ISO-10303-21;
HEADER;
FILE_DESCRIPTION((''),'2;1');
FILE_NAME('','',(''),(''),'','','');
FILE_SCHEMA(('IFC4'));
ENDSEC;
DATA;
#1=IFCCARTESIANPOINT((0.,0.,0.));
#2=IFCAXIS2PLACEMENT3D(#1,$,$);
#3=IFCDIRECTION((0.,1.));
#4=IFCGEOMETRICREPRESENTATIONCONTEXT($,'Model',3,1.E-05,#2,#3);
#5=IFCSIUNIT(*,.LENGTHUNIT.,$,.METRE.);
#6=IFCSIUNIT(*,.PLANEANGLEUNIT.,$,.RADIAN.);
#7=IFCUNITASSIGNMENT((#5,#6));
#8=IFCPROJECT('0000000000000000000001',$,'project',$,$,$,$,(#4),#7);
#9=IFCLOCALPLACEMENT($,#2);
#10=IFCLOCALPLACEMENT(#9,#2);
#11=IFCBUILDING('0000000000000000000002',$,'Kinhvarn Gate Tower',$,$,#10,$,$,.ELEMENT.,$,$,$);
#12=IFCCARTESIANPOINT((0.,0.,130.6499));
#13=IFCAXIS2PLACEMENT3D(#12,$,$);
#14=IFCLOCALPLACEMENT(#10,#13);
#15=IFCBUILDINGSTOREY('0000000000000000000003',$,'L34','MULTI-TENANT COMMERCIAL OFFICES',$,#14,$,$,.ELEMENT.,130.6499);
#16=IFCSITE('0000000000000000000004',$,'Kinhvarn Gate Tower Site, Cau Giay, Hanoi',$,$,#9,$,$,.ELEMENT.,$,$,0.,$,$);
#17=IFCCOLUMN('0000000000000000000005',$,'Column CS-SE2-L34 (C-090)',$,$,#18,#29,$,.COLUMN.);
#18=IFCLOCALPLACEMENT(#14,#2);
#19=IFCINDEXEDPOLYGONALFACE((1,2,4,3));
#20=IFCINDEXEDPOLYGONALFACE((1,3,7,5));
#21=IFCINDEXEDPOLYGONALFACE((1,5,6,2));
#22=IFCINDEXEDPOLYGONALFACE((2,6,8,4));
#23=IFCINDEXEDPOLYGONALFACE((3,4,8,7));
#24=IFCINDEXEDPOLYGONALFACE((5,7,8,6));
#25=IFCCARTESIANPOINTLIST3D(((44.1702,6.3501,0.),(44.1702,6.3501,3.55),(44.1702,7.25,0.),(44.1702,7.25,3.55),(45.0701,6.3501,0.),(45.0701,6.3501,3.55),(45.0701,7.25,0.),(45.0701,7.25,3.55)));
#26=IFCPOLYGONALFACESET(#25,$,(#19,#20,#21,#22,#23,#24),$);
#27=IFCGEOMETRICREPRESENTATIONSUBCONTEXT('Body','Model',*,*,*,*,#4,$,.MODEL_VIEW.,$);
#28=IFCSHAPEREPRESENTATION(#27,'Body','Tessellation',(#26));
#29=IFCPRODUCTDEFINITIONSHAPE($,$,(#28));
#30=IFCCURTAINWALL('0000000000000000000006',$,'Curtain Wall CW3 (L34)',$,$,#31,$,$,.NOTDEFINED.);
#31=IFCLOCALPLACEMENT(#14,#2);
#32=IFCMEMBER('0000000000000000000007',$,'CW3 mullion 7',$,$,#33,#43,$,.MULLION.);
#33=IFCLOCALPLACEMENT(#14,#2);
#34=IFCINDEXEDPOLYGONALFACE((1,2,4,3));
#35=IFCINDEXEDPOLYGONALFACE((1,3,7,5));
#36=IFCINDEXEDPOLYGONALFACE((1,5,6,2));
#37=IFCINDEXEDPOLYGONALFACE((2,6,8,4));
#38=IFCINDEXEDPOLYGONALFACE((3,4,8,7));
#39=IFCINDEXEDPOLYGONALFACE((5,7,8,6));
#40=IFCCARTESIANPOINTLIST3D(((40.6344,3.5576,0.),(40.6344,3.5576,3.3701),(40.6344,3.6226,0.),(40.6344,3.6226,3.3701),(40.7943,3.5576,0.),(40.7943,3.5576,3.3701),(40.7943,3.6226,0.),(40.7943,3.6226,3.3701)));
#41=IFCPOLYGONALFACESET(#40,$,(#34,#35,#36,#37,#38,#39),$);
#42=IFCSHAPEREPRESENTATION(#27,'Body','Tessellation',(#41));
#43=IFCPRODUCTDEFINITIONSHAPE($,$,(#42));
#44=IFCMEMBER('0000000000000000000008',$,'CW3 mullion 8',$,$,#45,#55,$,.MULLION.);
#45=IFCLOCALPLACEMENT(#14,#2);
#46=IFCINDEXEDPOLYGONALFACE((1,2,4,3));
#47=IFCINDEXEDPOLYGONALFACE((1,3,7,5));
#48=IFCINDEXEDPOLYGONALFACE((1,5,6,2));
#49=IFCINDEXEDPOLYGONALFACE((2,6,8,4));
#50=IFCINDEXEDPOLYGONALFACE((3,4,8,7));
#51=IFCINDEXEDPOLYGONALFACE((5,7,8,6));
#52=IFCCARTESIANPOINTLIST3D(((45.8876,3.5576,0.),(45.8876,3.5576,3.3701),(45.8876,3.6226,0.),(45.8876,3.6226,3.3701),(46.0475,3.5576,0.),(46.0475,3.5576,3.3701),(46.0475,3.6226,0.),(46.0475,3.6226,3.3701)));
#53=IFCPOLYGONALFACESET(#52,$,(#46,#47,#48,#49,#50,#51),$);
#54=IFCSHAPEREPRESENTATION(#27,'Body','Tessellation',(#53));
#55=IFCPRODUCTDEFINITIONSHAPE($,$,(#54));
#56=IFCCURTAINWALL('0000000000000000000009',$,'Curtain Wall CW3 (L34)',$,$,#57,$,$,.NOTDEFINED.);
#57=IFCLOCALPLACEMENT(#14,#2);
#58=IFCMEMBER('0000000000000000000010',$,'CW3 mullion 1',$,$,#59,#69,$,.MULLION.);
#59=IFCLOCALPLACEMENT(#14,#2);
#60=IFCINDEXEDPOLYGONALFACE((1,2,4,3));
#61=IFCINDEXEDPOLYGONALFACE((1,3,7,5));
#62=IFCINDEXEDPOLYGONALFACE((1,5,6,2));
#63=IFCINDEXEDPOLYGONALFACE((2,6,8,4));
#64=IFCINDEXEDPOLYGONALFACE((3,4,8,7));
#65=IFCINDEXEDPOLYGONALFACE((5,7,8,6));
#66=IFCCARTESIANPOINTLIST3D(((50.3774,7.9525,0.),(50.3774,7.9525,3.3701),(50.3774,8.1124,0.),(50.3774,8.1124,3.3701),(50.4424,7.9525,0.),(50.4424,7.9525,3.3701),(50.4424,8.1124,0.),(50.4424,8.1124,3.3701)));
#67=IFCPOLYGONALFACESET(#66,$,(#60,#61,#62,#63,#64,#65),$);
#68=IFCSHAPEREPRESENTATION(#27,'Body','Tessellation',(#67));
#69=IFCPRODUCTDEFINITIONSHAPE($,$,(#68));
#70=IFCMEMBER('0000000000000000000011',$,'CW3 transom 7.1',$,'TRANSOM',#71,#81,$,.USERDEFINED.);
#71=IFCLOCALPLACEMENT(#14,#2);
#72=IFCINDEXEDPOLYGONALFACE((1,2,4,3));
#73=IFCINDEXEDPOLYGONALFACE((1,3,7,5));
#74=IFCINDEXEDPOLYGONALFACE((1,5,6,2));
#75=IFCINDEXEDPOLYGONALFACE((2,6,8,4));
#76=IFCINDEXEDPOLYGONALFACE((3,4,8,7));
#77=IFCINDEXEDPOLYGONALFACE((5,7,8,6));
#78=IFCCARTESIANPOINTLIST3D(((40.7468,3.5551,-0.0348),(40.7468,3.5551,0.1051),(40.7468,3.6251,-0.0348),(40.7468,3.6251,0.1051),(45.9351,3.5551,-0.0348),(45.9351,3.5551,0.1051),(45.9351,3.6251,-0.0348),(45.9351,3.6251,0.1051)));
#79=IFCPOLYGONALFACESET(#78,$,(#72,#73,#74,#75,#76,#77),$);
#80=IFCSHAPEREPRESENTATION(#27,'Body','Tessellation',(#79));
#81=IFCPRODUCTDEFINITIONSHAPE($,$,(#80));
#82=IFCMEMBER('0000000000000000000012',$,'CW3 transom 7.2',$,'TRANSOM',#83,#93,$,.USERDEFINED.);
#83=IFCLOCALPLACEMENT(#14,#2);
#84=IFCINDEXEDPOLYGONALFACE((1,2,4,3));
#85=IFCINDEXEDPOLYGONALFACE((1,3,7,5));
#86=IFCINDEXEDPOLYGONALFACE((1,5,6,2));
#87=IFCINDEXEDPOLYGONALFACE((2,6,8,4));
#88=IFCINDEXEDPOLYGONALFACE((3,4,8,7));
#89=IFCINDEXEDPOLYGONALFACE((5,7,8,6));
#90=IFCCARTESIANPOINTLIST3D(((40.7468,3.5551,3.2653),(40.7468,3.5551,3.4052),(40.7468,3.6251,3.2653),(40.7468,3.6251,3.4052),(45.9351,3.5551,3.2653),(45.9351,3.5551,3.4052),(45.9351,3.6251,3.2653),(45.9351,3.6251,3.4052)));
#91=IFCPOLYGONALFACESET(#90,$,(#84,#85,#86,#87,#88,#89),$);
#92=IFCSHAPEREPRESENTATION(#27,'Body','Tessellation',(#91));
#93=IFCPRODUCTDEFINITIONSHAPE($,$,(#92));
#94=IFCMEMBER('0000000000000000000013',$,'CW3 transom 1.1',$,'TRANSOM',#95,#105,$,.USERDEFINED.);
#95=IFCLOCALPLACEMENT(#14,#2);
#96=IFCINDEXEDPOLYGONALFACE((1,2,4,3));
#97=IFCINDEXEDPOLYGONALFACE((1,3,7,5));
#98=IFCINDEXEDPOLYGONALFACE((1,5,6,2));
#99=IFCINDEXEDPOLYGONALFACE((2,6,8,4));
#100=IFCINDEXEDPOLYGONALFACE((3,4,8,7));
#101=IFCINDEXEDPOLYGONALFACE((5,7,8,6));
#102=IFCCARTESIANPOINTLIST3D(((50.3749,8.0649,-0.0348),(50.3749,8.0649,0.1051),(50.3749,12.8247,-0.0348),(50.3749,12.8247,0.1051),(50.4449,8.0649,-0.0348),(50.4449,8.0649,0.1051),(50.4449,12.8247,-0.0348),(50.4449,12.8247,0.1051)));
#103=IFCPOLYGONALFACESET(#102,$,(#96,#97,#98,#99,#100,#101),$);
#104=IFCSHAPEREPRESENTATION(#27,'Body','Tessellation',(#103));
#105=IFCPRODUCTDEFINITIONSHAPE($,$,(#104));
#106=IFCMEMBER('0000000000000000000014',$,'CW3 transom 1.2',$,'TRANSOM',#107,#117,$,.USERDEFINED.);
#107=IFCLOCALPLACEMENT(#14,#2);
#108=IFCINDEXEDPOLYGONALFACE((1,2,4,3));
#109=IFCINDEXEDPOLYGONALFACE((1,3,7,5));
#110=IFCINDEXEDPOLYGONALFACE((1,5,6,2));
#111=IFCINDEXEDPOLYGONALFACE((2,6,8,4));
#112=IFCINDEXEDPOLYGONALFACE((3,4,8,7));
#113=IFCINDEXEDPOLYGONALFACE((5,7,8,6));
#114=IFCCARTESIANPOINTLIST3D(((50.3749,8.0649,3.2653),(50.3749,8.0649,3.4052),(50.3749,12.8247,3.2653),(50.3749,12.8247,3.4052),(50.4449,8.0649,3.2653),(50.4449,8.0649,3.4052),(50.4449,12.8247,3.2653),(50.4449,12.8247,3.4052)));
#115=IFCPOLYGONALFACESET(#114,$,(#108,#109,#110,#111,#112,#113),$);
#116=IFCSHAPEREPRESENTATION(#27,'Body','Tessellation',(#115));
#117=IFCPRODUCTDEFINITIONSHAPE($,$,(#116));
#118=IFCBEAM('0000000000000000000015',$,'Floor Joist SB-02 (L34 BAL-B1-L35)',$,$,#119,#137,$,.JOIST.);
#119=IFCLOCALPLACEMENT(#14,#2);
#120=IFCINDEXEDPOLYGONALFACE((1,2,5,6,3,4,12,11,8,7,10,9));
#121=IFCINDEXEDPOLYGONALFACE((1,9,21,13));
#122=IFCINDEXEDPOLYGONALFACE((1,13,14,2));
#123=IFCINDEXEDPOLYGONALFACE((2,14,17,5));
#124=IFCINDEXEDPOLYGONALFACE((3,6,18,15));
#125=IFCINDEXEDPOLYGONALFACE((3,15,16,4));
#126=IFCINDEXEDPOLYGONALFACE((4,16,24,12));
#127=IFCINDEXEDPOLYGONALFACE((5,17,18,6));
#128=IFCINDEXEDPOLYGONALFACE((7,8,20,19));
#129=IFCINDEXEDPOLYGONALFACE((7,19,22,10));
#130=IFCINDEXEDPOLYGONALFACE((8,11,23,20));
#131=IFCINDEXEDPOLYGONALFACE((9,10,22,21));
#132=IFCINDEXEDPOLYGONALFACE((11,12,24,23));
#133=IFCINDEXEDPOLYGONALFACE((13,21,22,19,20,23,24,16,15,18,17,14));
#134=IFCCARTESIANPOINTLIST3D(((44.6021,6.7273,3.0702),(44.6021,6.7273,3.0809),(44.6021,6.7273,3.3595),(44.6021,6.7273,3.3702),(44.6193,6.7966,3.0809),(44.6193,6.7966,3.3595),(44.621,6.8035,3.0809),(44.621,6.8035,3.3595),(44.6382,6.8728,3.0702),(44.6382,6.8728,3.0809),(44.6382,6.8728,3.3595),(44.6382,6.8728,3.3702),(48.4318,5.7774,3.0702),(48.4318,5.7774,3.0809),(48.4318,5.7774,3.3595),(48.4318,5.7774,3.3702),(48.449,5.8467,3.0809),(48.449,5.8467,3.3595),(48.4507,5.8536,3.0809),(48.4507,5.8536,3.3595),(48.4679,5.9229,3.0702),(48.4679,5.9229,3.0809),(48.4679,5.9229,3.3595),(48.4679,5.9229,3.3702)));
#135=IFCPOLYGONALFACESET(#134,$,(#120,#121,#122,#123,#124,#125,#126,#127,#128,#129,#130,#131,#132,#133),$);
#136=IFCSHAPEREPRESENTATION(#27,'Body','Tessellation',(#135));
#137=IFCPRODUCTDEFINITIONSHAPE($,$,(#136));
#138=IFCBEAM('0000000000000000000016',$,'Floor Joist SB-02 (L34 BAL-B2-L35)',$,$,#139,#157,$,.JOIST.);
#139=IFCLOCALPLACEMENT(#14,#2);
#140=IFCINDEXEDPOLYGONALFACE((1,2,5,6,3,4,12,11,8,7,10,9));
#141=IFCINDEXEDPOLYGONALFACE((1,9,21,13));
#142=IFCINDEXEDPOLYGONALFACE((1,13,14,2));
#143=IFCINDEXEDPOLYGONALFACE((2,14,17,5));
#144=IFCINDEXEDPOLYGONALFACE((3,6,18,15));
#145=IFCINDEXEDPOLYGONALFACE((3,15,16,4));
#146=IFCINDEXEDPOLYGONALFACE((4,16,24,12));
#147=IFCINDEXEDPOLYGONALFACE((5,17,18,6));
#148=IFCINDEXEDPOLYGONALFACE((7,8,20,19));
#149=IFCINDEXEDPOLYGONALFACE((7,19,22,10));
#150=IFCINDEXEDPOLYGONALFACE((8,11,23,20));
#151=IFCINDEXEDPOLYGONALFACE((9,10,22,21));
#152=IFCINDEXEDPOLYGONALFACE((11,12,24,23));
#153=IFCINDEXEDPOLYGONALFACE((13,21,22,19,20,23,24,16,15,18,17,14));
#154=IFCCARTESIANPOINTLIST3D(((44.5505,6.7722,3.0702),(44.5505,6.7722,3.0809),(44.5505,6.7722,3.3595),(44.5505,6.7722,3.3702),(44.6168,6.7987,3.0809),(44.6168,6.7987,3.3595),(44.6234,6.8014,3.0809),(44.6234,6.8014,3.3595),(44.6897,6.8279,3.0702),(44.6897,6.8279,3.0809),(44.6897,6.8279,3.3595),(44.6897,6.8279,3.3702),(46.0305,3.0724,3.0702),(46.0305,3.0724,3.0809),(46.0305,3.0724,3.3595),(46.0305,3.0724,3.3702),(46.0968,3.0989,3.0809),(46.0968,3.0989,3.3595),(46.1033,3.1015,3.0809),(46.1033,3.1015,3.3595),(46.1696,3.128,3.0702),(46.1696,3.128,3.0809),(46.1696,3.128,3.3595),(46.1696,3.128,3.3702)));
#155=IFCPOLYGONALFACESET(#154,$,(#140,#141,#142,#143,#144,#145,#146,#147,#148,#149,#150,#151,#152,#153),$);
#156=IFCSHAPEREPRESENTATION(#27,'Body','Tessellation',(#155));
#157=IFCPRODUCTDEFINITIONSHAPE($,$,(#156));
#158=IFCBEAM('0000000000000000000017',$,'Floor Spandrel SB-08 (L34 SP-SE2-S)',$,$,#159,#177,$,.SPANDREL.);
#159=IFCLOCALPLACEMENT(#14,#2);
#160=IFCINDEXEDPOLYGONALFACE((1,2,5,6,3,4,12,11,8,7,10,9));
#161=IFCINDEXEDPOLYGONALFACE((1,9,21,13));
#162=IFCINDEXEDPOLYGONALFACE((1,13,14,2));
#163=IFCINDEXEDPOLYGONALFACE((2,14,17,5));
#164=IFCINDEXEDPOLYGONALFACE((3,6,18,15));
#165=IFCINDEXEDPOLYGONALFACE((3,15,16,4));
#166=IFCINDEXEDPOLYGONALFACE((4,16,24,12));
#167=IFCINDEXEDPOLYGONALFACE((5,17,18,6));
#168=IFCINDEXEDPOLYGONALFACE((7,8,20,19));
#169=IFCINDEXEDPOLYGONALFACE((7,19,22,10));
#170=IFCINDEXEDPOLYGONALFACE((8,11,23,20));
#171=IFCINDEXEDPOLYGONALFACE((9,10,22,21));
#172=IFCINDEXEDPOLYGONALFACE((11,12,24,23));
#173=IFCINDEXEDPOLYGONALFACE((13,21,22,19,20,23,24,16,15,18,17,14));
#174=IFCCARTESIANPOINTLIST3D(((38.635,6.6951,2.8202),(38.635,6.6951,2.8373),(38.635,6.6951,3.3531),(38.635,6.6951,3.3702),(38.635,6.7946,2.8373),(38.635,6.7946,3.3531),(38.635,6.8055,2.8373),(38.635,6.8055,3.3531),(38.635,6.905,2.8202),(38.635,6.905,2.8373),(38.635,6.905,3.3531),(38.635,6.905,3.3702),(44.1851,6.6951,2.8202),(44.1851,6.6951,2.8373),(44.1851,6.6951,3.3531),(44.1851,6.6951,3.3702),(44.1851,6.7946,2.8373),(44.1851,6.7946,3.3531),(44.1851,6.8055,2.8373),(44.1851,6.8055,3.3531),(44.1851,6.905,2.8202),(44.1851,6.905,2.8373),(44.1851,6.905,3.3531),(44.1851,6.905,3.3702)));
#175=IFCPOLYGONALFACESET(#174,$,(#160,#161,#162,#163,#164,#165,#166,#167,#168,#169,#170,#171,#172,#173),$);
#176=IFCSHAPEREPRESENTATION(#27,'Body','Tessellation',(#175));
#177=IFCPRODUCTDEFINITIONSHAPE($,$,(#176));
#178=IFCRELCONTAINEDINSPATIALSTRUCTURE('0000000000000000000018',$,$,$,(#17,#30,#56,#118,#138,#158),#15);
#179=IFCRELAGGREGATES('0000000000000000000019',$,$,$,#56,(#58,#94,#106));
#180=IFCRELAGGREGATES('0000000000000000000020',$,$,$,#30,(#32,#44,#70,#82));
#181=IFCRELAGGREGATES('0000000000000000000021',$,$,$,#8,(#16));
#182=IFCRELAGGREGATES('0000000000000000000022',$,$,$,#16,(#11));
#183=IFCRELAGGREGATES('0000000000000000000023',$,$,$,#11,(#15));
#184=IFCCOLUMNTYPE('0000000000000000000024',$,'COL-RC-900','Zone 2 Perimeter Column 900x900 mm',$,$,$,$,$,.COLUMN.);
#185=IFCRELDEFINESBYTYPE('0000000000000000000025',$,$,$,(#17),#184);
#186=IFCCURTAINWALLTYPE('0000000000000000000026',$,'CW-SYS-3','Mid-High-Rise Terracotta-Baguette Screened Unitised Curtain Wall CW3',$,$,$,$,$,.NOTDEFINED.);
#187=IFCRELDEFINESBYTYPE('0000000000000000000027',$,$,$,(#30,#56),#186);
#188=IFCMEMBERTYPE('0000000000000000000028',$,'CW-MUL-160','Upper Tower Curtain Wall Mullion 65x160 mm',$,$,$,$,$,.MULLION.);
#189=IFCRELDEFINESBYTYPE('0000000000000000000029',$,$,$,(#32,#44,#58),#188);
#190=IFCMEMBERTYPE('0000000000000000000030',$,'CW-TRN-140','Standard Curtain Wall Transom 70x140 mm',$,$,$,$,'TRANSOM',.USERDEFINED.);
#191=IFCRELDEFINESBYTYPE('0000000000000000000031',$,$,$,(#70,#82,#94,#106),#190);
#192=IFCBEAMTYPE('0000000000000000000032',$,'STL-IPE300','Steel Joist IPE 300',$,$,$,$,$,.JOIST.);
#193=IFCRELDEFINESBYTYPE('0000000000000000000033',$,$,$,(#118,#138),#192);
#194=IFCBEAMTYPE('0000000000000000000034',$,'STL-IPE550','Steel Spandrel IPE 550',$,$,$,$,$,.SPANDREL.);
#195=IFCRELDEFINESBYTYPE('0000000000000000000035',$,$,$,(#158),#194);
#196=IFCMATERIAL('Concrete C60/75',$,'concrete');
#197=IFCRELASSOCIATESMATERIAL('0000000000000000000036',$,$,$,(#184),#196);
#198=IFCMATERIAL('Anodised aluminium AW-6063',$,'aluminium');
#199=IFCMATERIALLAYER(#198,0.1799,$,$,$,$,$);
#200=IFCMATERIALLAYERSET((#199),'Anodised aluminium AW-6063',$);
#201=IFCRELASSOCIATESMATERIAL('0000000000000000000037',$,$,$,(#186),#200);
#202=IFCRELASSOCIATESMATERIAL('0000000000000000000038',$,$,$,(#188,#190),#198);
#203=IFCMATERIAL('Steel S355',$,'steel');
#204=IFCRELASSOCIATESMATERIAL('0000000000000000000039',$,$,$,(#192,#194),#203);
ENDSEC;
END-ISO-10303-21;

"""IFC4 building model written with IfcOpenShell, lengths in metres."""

from ifc_helpers import new_model, si_unit, direction, frame, origin, origin_2d, place, context, subcontext, project, spatial, rectangle, i_section, extrude, material, layer, layer_set, material_profile, profile_set, type_object, element, aggregate, save


model = new_model("IFC4")

# Units and contexts
model_context = context("Model", 3, precision=1e-05, world=origin(), true_north=direction((0.0, 1.0)))
body_context = subcontext(model_context, "Body", "Model", "MODEL_VIEW")
ifc_project = project(units=[si_unit("LENGTHUNIT", "METRE"), si_unit("PLANEANGLEUNIT", "RADIAN")], contexts=[model_context])

# Site, building, storey
site_placement = place(None, origin())
site = spatial("IfcSite", under=ifc_project, at=site_placement, Name="Kinhvarn Gate Tower Site, Cau Giay, Hanoi", CompositionType="ELEMENT", RefElevation=0.0)
building_placement = place(site_placement, origin())
building = spatial("IfcBuilding", under=site, at=building_placement, Name="Kinhvarn Gate Tower", CompositionType="ELEMENT")
storey_placement = place(building_placement, frame((0.0, 0.0, 130.6499)))
storey = spatial("IfcBuildingStorey", under=building, at=storey_placement, Name="L34", Description="MULTI-TENANT COMMERCIAL OFFICES", CompositionType="ELEMENT", Elevation=130.6499)

# Column
ifc_material_1 = material(Name="Concrete C60/75", Category="concrete")
ifc_material_profile_1 = material_profile(ifc_material_1, rectangle(XDim=0.8999, YDim=0.8999, at=origin_2d()), Name="RC 900x900")
ifc_profile_set_1 = profile_set([ifc_material_profile_1], Name="Concrete C60/75")
column_type = type_object("IfcColumnType", Name="COL-RC-900", Description="Zone 2 Perimeter Column 900x900 mm", PredefinedType="COLUMN", material=ifc_profile_set_1)
column_placement = place(storey_placement, frame((44.6201, 6.8, 0.0), z_axis=(0.0, 0.0, 1.0), x_axis=(1.0, 0.0, 0.0)))
element("IfcColumn", 1, at=column_placement, inside=storey, type_object=column_type, Name="Column CS-SE2-L34 (C-090)", PredefinedType="COLUMN", context=body_context, shape_type="SweptSolid", body=[
    extrude(rectangle(XDim=0.8999, YDim=0.8999, at=origin_2d()), origin(), (0.0, 0.0, 1.0), 3.55),
])

# Curtain wall, members
ifc_material_2 = material(Name="Anodised aluminium AW-6063", Category="aluminium")
ifc_layer_1 = layer(ifc_material_2, 0.1799)
ifc_layer_set_1 = layer_set([ifc_layer_1], Name="Anodised aluminium AW-6063")
curtain_wall_type = type_object("IfcCurtainWallType", Name="CW-SYS-3", Description="Mid-High-Rise Terracotta-Baguette Screened Unitised Curtain Wall CW3", PredefinedType="NOTDEFINED", material=ifc_layer_set_1)
curtain_wall_1_placement = place(storey_placement, origin())
curtain_wall_1 = element("IfcCurtainWall", 2, at=curtain_wall_1_placement, inside=storey, type_object=curtain_wall_type, Name="Curtain Wall CW3 (L34)", PredefinedType="NOTDEFINED")
ifc_material_profile_2 = material_profile(ifc_material_2, rectangle(XDim=0.0649, YDim=0.1599, at=origin_2d()), Name="ALU 65x160")
ifc_profile_set_2 = profile_set([ifc_material_profile_2], Name="Anodised aluminium AW-6063")
member_type_1 = type_object("IfcMemberType", Name="CW-MUL-160", Description="Upper Tower Curtain Wall Mullion 65x160 mm", PredefinedType="MULLION", material=ifc_profile_set_2)
member_1_placement = place(storey_placement, frame((40.7144, 3.5901, 0.0), z_axis=(0.0, 0.0, 1.0), x_axis=(0.0, 1.0, 0.0)))
member_1 = element("IfcMember", 3, at=member_1_placement, type_object=member_type_1, Name="CW3 mullion 7", PredefinedType="MULLION", context=body_context, shape_type="SweptSolid", body=[
    extrude(rectangle(XDim=0.0649, YDim=0.1599, at=origin_2d()), origin(), (0.0, 0.0, 1.0), 3.3701),
])
member_2_placement = place(storey_placement, frame((45.9675, 3.5901, 0.0), z_axis=(0.0, 0.0, 1.0), x_axis=(0.0, 1.0, 0.0)))
member_2 = element("IfcMember", 4, at=member_2_placement, type_object=member_type_1, Name="CW3 mullion 8", PredefinedType="MULLION", context=body_context, shape_type="SweptSolid", body=[
    extrude(rectangle(XDim=0.0649, YDim=0.1599, at=origin_2d()), origin(), (0.0, 0.0, 1.0), 3.3701),
])

# Curtain wall, member
curtain_wall_2_placement = place(storey_placement, origin())
curtain_wall_2 = element("IfcCurtainWall", 5, at=curtain_wall_2_placement, inside=storey, type_object=curtain_wall_type, Name="Curtain Wall CW3 (L34)", PredefinedType="NOTDEFINED")
member_3_placement = place(storey_placement, frame((50.4099, 8.0325, 0.0), z_axis=(0.0, 0.0, 1.0), x_axis=(-1.0, 0.0, 0.0)))
member_3 = element("IfcMember", 6, at=member_3_placement, type_object=member_type_1, Name="CW3 mullion 1", PredefinedType="MULLION", context=body_context, shape_type="SweptSolid", body=[
    extrude(rectangle(XDim=0.0649, YDim=0.1599, at=origin_2d()), origin(), (0.0, 0.0, 1.0), 3.3701),
])

# Members
ifc_material_profile_3 = material_profile(ifc_material_2, rectangle(XDim=0.0701, YDim=0.1399, at=origin_2d()), Name="ALU 70x140")
ifc_profile_set_3 = profile_set([ifc_material_profile_3], Name="Anodised aluminium AW-6063")
member_type_2 = type_object("IfcMemberType", Name="CW-TRN-140", Description="Standard Curtain Wall Transom 70x140 mm", ElementType="TRANSOM", PredefinedType="USERDEFINED", material=ifc_profile_set_3)
member_4_placement = place(storey_placement, frame((40.7468, 3.5901, 0.0352), z_axis=(1.0, 0.0, 0.0), x_axis=(0.0, 1.0, 0.0)))
member_4 = element("IfcMember", 7, at=member_4_placement, type_object=member_type_2, Name="CW3 transom 7.1", ObjectType="TRANSOM", PredefinedType="USERDEFINED", context=body_context, shape_type="SweptSolid", body=[
    extrude(rectangle(XDim=0.0701, YDim=0.1399, at=origin_2d()), origin(), (0.0, 0.0, 1.0), 5.1882),
])
member_5_placement = place(storey_placement, frame((40.7468, 3.5901, 3.3352), z_axis=(1.0, 0.0, 0.0), x_axis=(0.0, 1.0, 0.0)))
member_5 = element("IfcMember", 8, at=member_5_placement, type_object=member_type_2, Name="CW3 transom 7.2", ObjectType="TRANSOM", PredefinedType="USERDEFINED", context=body_context, shape_type="SweptSolid", body=[
    extrude(rectangle(XDim=0.0701, YDim=0.1399, at=origin_2d()), origin(), (0.0, 0.0, 1.0), 5.1882),
])
member_6_placement = place(storey_placement, frame((50.4099, 8.0649, 0.0352), z_axis=(0.0, 1.0, 0.0), x_axis=(-1.0, 0.0, 0.0)))
member_6 = element("IfcMember", 9, at=member_6_placement, type_object=member_type_2, Name="CW3 transom 1.1", ObjectType="TRANSOM", PredefinedType="USERDEFINED", context=body_context, shape_type="SweptSolid", body=[
    extrude(rectangle(XDim=0.0701, YDim=0.1399, at=origin_2d()), origin(), (0.0, 0.0, 1.0), 4.7598),
])
member_7_placement = place(storey_placement, frame((50.4099, 8.0649, 3.3352), z_axis=(0.0, 1.0, 0.0), x_axis=(-1.0, 0.0, 0.0)))
member_7 = element("IfcMember", 10, at=member_7_placement, type_object=member_type_2, Name="CW3 transom 1.2", ObjectType="TRANSOM", PredefinedType="USERDEFINED", context=body_context, shape_type="SweptSolid", body=[
    extrude(rectangle(XDim=0.0701, YDim=0.1399, at=origin_2d()), origin(), (0.0, 0.0, 1.0), 4.7598),
])
aggregate(curtain_wall_2, [member_3, member_6, member_7])

# Beams
ifc_material_3 = material(Name="Steel S355", Category="steel")
ifc_material_profile_4 = material_profile(ifc_material_3, i_section(OverallWidth=0.1499, OverallDepth=0.3, WebThickness=0.0071, FlangeThickness=0.0107, at=origin_2d()), Name="IPE 300")
ifc_profile_set_4 = profile_set([ifc_material_profile_4], Name="Steel S355")
beam_type_1 = type_object("IfcBeamType", Name="STL-IPE300", Description="Steel Joist IPE 300", PredefinedType="JOIST", material=ifc_profile_set_4)
beam_1_placement = place(storey_placement, frame((44.6201, 6.8, 3.2202), z_axis=(0.970589, -0.240745, 0.0), x_axis=(0.240745, 0.970589, 0.0)))
element("IfcBeam", 11, at=beam_1_placement, inside=storey, type_object=beam_type_1, Name="Floor Joist SB-02 (L34 BAL-B1-L35)", PredefinedType="JOIST", context=body_context, shape_type="SweptSolid", body=[
    extrude(i_section(OverallWidth=0.1499, OverallDepth=0.3, WebThickness=0.0071, FlangeThickness=0.0107, at=origin_2d()), origin(), (0.0, 0.0, 1.0), 3.9458),
])
beam_2_placement = place(storey_placement, frame((44.6201, 6.8, 3.2202), z_axis=(0.371391, -0.928477, 0.0), x_axis=(0.928477, 0.371391, 0.0)))
element("IfcBeam", 12, at=beam_2_placement, inside=storey, type_object=beam_type_1, Name="Floor Joist SB-02 (L34 BAL-B2-L35)", PredefinedType="JOIST", context=body_context, shape_type="SweptSolid", body=[
    extrude(i_section(OverallWidth=0.1499, OverallDepth=0.3, WebThickness=0.0071, FlangeThickness=0.0107, at=origin_2d()), origin(), (0.0, 0.0, 1.0), 3.9849),
])
ifc_material_profile_5 = material_profile(ifc_material_3, i_section(OverallWidth=0.21, OverallDepth=0.55, WebThickness=0.011, FlangeThickness=0.0171, at=origin_2d()), Name="IPE 550")
ifc_profile_set_5 = profile_set([ifc_material_profile_5], Name="Steel S355")
beam_type_2 = type_object("IfcBeamType", Name="STL-IPE550", Description="Steel Spandrel IPE 550", PredefinedType="SPANDREL", material=ifc_profile_set_5)
beam_3_placement = place(storey_placement, frame((38.635, 6.8, 3.0952), z_axis=(1.0, 0.0, 0.0), x_axis=(0.0, 1.0, 0.0)))
element("IfcBeam", 13, at=beam_3_placement, inside=storey, type_object=beam_type_2, Name="Floor Spandrel SB-08 (L34 SP-SE2-S)", PredefinedType="SPANDREL", context=body_context, shape_type="SweptSolid", body=[
    extrude(i_section(OverallWidth=0.21, OverallDepth=0.55, WebThickness=0.011, FlangeThickness=0.0171, at=origin_2d()), origin(), (0.0, 0.0, 1.0), 5.55),
])

aggregate(curtain_wall_1, [member_1, member_2, member_4, member_5])

save(model, "model.ifc")
